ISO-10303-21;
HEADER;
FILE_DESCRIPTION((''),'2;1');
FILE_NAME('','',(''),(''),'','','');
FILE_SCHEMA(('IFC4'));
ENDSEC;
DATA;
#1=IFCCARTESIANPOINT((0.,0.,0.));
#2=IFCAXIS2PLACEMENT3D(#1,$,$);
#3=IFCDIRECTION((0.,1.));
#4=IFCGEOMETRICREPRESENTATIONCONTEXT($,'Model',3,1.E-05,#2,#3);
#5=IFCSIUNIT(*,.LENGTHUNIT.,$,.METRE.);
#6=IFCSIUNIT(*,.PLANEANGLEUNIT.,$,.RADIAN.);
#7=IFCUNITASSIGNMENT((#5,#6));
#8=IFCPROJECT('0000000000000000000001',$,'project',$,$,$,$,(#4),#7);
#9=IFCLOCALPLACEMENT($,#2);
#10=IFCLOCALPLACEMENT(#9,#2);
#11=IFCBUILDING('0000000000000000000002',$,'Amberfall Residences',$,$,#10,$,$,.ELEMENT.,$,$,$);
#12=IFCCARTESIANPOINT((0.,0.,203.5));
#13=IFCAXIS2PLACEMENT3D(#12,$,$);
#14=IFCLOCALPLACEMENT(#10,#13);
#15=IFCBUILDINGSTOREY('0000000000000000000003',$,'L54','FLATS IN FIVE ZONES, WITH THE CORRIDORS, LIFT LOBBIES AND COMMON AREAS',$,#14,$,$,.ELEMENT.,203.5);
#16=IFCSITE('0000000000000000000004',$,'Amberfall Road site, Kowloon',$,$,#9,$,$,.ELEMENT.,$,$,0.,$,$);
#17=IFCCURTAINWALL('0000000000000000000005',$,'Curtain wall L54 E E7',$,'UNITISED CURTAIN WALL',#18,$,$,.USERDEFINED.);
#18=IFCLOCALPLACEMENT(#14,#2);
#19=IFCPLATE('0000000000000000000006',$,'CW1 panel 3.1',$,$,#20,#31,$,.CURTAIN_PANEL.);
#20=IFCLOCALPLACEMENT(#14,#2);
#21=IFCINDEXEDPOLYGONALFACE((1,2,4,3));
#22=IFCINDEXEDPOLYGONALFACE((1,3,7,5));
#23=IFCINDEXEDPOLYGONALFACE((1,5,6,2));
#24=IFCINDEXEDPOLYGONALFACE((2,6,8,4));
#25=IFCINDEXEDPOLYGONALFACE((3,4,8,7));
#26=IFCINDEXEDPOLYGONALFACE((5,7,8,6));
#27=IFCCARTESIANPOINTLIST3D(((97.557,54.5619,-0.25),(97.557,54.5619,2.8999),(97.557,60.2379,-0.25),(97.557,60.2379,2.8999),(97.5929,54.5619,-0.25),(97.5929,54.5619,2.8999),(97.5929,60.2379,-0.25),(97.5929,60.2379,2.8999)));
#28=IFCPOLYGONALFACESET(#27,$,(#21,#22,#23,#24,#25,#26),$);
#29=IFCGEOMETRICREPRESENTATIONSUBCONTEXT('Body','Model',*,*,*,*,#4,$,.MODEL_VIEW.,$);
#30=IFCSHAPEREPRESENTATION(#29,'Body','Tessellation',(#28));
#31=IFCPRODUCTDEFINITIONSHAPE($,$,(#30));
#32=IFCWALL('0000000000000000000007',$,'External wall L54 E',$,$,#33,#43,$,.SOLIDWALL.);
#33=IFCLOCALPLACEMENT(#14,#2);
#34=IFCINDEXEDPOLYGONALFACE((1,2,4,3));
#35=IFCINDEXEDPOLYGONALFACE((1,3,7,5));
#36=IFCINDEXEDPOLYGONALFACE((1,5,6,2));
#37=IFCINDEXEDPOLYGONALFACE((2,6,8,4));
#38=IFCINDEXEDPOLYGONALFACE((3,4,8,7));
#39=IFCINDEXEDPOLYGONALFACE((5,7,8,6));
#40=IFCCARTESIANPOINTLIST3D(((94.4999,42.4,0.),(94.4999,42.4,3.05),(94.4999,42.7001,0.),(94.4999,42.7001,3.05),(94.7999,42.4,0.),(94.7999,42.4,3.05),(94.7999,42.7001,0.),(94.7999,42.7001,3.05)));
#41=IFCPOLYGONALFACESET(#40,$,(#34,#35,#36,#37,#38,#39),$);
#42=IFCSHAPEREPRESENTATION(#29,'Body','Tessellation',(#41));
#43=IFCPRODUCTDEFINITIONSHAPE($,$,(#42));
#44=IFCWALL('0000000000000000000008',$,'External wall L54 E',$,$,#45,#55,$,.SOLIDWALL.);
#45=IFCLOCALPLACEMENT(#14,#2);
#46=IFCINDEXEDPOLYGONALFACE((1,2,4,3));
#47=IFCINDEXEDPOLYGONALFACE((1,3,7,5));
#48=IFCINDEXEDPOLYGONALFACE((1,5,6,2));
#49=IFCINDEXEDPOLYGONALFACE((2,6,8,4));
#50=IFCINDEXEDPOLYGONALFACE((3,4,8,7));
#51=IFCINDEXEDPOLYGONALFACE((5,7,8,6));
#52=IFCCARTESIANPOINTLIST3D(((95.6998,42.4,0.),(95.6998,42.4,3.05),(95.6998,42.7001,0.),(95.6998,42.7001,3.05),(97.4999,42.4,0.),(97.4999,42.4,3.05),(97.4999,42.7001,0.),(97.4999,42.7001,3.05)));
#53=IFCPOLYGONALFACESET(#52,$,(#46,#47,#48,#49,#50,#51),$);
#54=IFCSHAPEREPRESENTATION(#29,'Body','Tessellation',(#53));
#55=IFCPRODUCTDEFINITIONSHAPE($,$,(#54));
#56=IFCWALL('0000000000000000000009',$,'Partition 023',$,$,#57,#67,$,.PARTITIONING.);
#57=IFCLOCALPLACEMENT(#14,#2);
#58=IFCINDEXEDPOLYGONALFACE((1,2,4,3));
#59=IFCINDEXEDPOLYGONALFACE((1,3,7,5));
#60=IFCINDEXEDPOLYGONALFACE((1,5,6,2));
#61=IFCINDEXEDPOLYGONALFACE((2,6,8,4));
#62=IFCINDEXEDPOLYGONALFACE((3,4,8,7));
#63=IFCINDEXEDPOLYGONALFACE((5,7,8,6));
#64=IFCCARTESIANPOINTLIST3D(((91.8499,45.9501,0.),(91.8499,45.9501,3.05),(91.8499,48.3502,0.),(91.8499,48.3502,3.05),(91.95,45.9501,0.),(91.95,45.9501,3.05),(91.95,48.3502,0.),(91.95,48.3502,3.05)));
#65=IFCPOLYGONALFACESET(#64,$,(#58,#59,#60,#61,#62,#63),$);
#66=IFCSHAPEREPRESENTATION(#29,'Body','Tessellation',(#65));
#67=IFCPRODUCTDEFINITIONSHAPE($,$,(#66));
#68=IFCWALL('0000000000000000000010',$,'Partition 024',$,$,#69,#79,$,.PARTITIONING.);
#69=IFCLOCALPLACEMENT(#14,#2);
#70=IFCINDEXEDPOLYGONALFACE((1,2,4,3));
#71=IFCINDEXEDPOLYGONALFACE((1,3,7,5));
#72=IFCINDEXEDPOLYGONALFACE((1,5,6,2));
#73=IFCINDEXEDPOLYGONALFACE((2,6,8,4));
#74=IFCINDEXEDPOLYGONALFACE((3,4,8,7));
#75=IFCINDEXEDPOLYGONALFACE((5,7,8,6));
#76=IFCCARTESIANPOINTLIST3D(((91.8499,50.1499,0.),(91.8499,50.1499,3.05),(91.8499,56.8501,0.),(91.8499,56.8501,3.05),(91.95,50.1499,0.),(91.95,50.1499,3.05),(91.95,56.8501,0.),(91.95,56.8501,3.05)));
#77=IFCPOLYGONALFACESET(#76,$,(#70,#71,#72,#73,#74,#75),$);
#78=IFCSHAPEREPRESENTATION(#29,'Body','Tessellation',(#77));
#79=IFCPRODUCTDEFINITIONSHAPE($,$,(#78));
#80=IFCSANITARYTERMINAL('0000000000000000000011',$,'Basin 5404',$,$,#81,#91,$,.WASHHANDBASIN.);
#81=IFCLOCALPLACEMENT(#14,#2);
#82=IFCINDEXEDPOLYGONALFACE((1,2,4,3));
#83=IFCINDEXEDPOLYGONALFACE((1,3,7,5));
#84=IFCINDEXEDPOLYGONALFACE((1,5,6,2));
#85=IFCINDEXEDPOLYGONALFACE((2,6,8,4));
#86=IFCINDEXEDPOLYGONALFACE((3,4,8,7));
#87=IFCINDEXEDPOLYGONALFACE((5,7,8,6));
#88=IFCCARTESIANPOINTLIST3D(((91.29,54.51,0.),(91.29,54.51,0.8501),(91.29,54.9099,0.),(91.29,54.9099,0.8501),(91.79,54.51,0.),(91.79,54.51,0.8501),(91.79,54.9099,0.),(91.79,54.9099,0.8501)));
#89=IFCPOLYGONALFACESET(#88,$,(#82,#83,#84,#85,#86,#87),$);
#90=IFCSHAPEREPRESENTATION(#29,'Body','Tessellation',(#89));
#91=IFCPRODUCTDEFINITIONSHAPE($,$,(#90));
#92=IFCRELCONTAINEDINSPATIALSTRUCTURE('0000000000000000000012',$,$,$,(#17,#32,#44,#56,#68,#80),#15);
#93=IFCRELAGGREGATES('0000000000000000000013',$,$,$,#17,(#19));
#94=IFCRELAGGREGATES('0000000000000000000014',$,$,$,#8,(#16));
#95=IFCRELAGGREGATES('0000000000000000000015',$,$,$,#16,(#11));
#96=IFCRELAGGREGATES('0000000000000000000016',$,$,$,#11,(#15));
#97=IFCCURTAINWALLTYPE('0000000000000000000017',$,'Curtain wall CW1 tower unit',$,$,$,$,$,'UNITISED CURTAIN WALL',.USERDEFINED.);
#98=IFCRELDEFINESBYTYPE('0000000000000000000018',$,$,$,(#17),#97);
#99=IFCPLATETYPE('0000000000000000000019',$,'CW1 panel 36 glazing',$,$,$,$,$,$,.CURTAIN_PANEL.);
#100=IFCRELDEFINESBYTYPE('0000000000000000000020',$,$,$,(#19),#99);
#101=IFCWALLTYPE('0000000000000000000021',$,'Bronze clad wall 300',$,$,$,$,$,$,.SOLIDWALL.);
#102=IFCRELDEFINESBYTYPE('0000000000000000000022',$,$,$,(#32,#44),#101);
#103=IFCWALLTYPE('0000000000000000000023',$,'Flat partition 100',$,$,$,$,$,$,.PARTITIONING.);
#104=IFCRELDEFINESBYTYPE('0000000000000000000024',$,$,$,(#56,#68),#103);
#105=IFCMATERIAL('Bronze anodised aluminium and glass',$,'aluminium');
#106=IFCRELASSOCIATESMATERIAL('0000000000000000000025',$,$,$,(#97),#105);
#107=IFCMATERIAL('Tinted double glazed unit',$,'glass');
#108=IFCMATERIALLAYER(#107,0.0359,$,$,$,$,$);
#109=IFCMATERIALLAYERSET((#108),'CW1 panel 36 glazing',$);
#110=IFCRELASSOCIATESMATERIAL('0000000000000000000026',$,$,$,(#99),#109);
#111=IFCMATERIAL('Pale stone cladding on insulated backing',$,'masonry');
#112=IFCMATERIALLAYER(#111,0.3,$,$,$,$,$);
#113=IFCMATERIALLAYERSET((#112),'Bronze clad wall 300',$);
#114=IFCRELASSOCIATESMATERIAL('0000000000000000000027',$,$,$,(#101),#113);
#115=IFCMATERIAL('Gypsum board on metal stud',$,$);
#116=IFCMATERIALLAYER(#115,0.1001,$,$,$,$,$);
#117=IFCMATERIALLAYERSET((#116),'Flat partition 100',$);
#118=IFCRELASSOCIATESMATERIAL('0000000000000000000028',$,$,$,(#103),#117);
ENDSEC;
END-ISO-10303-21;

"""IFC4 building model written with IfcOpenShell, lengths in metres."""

from ifc_helpers import new_model, si_unit, direction, frame, frame_2d, origin, origin_2d, place, context, subcontext, project, spatial, rectangle, extrude, material, layer, layer_set, type_object, element, aggregate, save


model = new_model("IFC4")

# Units and contexts
model_context = context("Model", 3, precision=1e-05, world=origin(), true_north=direction((0.0, 1.0)))
body_context = subcontext(model_context, "Body", "Model", "MODEL_VIEW")
ifc_project = project(units=[si_unit("LENGTHUNIT", "METRE"), si_unit("PLANEANGLEUNIT", "RADIAN")], contexts=[model_context])

# Site, building, storey
site_placement = place(None, origin())
site = spatial("IfcSite", under=ifc_project, at=site_placement, Name="Amberfall Road site, Kowloon", CompositionType="ELEMENT", RefElevation=0.0)
building_placement = place(site_placement, origin())
building = spatial("IfcBuilding", under=site, at=building_placement, Name="Amberfall Residences", CompositionType="ELEMENT")
storey_placement = place(building_placement, frame((0.0, 0.0, 203.5)))
storey = spatial("IfcBuildingStorey", under=building, at=storey_placement, Name="L54", Description="FLATS IN FIVE ZONES, WITH THE CORRIDORS, LIFT LOBBIES AND COMMON AREAS", CompositionType="ELEMENT", Elevation=203.5)

# Curtain wall
ifc_material_1 = material(Name="Bronze anodised aluminium and glass", Category="aluminium")
curtain_wall_type = type_object("IfcCurtainWallType", Name="Curtain wall CW1 tower unit", ElementType="UNITISED CURTAIN WALL", PredefinedType="USERDEFINED", material=ifc_material_1)
curtain_wall_placement = place(storey_placement, origin())
curtain_wall = element("IfcCurtainWall", 1, at=curtain_wall_placement, inside=storey, type_object=curtain_wall_type, Name="Curtain wall L54 E E7", ObjectType="UNITISED CURTAIN WALL", PredefinedType="USERDEFINED")

# Plate
ifc_material_2 = material(Name="Tinted double glazed unit", Category="glass")
ifc_layer_1 = layer(ifc_material_2, 0.0359)
ifc_layer_set_1 = layer_set([ifc_layer_1], Name="CW1 panel 36 glazing")
plate_type = type_object("IfcPlateType", Name="CW1 panel 36 glazing", PredefinedType="CURTAIN_PANEL", material=ifc_layer_set_1)
plate_1_placement = place(storey_placement, frame((97.575, 57.3999, -0.25), z_axis=(0.0, 0.0, 1.0), x_axis=(0.0, 1.0, 0.0)))
plate_1 = element("IfcPlate", 2, at=plate_1_placement, type_object=plate_type, Name="CW1 panel 3.1", PredefinedType="CURTAIN_PANEL", context=body_context, shape_type="SweptSolid", body=[
    extrude(rectangle(XDim=5.676, YDim=0.0359, at=origin_2d()), origin(), (0.0, 0.0, 1.0), 3.1499),
])
aggregate(curtain_wall, [plate_1])

# Walls
ifc_material_3 = material(Name="Pale stone cladding on insulated backing", Category="masonry")
ifc_layer_2 = layer(ifc_material_3, 0.3)
ifc_layer_set_2 = layer_set([ifc_layer_2], Name="Bronze clad wall 300")
wall_type_1 = type_object("IfcWallType", Name="Bronze clad wall 300", PredefinedType="SOLIDWALL", material=ifc_layer_set_2)
wall_1_placement = place(storey_placement, frame((94.5, 42.55, 0.0), z_axis=(0.0, 0.0, 1.0), x_axis=(1.0, 0.0, 0.0)))
element("IfcWall", 3, at=wall_1_placement, inside=storey, type_object=wall_type_1, Name="External wall L54 E", PredefinedType="SOLIDWALL", context=body_context, shape_type="SweptSolid", body=[
    extrude(rectangle(XDim=0.3, YDim=0.3, at=frame_2d((0.1499, 0.0))), origin(), (0.0, 0.0, 1.0), 3.05),
])
wall_2_placement = place(storey_placement, frame((95.7, 42.55, 0.0), z_axis=(0.0, 0.0, 1.0), x_axis=(1.0, 0.0, 0.0)))
element("IfcWall", 4, at=wall_2_placement, inside=storey, type_object=wall_type_1, Name="External wall L54 E", PredefinedType="SOLIDWALL", context=body_context, shape_type="SweptSolid", body=[
    extrude(rectangle(XDim=1.8, YDim=0.3, at=frame_2d((0.8999, 0.0))), origin(), (0.0, 0.0, 1.0), 3.05),
])
ifc_material_4 = material(Name="Gypsum board on metal stud")
ifc_layer_3 = layer(ifc_material_4, 0.1001)
ifc_layer_set_3 = layer_set([ifc_layer_3], Name="Flat partition 100")
wall_type_2 = type_object("IfcWallType", Name="Flat partition 100", PredefinedType="PARTITIONING", material=ifc_layer_set_3)
wall_3_placement = place(storey_placement, frame((91.8999, 45.95, 0.0), z_axis=(0.0, 0.0, 1.0), x_axis=(0.0, 1.0, 0.0)))
element("IfcWall", 5, at=wall_3_placement, inside=storey, type_object=wall_type_2, Name="Partition 023", PredefinedType="PARTITIONING", context=body_context, shape_type="SweptSolid", body=[
    extrude(rectangle(XDim=2.4001, YDim=0.1001, at=frame_2d((1.2002, 0.0))), origin(), (0.0, 0.0, 1.0), 3.05),
])
wall_4_placement = place(storey_placement, frame((91.8999, 50.1499, 0.0), z_axis=(0.0, 0.0, 1.0), x_axis=(0.0, 1.0, 0.0)))
element("IfcWall", 6, at=wall_4_placement, inside=storey, type_object=wall_type_2, Name="Partition 024", PredefinedType="PARTITIONING", context=body_context, shape_type="SweptSolid", body=[
    extrude(rectangle(XDim=6.7002, YDim=0.1001, at=frame_2d((3.3501, 0.0))), origin(), (0.0, 0.0, 1.0), 3.05),
])

# Sanitary terminal
sanitary_terminal_placement = place(storey_placement, frame((91.54, 54.71, 0.0), z_axis=(0.0, 0.0, 1.0), x_axis=(1.0, 0.0, 0.0)))
element("IfcSanitaryTerminal", 7, at=sanitary_terminal_placement, inside=storey, Name="Basin 5404", PredefinedType="WASHHANDBASIN", context=body_context, shape_type="SweptSolid", body=[
    extrude(rectangle(XDim=0.5, YDim=0.3999, at=origin_2d()), origin(), (0.0, 0.0, 1.0), 0.8501),
])

save(model, "model.ifc")
